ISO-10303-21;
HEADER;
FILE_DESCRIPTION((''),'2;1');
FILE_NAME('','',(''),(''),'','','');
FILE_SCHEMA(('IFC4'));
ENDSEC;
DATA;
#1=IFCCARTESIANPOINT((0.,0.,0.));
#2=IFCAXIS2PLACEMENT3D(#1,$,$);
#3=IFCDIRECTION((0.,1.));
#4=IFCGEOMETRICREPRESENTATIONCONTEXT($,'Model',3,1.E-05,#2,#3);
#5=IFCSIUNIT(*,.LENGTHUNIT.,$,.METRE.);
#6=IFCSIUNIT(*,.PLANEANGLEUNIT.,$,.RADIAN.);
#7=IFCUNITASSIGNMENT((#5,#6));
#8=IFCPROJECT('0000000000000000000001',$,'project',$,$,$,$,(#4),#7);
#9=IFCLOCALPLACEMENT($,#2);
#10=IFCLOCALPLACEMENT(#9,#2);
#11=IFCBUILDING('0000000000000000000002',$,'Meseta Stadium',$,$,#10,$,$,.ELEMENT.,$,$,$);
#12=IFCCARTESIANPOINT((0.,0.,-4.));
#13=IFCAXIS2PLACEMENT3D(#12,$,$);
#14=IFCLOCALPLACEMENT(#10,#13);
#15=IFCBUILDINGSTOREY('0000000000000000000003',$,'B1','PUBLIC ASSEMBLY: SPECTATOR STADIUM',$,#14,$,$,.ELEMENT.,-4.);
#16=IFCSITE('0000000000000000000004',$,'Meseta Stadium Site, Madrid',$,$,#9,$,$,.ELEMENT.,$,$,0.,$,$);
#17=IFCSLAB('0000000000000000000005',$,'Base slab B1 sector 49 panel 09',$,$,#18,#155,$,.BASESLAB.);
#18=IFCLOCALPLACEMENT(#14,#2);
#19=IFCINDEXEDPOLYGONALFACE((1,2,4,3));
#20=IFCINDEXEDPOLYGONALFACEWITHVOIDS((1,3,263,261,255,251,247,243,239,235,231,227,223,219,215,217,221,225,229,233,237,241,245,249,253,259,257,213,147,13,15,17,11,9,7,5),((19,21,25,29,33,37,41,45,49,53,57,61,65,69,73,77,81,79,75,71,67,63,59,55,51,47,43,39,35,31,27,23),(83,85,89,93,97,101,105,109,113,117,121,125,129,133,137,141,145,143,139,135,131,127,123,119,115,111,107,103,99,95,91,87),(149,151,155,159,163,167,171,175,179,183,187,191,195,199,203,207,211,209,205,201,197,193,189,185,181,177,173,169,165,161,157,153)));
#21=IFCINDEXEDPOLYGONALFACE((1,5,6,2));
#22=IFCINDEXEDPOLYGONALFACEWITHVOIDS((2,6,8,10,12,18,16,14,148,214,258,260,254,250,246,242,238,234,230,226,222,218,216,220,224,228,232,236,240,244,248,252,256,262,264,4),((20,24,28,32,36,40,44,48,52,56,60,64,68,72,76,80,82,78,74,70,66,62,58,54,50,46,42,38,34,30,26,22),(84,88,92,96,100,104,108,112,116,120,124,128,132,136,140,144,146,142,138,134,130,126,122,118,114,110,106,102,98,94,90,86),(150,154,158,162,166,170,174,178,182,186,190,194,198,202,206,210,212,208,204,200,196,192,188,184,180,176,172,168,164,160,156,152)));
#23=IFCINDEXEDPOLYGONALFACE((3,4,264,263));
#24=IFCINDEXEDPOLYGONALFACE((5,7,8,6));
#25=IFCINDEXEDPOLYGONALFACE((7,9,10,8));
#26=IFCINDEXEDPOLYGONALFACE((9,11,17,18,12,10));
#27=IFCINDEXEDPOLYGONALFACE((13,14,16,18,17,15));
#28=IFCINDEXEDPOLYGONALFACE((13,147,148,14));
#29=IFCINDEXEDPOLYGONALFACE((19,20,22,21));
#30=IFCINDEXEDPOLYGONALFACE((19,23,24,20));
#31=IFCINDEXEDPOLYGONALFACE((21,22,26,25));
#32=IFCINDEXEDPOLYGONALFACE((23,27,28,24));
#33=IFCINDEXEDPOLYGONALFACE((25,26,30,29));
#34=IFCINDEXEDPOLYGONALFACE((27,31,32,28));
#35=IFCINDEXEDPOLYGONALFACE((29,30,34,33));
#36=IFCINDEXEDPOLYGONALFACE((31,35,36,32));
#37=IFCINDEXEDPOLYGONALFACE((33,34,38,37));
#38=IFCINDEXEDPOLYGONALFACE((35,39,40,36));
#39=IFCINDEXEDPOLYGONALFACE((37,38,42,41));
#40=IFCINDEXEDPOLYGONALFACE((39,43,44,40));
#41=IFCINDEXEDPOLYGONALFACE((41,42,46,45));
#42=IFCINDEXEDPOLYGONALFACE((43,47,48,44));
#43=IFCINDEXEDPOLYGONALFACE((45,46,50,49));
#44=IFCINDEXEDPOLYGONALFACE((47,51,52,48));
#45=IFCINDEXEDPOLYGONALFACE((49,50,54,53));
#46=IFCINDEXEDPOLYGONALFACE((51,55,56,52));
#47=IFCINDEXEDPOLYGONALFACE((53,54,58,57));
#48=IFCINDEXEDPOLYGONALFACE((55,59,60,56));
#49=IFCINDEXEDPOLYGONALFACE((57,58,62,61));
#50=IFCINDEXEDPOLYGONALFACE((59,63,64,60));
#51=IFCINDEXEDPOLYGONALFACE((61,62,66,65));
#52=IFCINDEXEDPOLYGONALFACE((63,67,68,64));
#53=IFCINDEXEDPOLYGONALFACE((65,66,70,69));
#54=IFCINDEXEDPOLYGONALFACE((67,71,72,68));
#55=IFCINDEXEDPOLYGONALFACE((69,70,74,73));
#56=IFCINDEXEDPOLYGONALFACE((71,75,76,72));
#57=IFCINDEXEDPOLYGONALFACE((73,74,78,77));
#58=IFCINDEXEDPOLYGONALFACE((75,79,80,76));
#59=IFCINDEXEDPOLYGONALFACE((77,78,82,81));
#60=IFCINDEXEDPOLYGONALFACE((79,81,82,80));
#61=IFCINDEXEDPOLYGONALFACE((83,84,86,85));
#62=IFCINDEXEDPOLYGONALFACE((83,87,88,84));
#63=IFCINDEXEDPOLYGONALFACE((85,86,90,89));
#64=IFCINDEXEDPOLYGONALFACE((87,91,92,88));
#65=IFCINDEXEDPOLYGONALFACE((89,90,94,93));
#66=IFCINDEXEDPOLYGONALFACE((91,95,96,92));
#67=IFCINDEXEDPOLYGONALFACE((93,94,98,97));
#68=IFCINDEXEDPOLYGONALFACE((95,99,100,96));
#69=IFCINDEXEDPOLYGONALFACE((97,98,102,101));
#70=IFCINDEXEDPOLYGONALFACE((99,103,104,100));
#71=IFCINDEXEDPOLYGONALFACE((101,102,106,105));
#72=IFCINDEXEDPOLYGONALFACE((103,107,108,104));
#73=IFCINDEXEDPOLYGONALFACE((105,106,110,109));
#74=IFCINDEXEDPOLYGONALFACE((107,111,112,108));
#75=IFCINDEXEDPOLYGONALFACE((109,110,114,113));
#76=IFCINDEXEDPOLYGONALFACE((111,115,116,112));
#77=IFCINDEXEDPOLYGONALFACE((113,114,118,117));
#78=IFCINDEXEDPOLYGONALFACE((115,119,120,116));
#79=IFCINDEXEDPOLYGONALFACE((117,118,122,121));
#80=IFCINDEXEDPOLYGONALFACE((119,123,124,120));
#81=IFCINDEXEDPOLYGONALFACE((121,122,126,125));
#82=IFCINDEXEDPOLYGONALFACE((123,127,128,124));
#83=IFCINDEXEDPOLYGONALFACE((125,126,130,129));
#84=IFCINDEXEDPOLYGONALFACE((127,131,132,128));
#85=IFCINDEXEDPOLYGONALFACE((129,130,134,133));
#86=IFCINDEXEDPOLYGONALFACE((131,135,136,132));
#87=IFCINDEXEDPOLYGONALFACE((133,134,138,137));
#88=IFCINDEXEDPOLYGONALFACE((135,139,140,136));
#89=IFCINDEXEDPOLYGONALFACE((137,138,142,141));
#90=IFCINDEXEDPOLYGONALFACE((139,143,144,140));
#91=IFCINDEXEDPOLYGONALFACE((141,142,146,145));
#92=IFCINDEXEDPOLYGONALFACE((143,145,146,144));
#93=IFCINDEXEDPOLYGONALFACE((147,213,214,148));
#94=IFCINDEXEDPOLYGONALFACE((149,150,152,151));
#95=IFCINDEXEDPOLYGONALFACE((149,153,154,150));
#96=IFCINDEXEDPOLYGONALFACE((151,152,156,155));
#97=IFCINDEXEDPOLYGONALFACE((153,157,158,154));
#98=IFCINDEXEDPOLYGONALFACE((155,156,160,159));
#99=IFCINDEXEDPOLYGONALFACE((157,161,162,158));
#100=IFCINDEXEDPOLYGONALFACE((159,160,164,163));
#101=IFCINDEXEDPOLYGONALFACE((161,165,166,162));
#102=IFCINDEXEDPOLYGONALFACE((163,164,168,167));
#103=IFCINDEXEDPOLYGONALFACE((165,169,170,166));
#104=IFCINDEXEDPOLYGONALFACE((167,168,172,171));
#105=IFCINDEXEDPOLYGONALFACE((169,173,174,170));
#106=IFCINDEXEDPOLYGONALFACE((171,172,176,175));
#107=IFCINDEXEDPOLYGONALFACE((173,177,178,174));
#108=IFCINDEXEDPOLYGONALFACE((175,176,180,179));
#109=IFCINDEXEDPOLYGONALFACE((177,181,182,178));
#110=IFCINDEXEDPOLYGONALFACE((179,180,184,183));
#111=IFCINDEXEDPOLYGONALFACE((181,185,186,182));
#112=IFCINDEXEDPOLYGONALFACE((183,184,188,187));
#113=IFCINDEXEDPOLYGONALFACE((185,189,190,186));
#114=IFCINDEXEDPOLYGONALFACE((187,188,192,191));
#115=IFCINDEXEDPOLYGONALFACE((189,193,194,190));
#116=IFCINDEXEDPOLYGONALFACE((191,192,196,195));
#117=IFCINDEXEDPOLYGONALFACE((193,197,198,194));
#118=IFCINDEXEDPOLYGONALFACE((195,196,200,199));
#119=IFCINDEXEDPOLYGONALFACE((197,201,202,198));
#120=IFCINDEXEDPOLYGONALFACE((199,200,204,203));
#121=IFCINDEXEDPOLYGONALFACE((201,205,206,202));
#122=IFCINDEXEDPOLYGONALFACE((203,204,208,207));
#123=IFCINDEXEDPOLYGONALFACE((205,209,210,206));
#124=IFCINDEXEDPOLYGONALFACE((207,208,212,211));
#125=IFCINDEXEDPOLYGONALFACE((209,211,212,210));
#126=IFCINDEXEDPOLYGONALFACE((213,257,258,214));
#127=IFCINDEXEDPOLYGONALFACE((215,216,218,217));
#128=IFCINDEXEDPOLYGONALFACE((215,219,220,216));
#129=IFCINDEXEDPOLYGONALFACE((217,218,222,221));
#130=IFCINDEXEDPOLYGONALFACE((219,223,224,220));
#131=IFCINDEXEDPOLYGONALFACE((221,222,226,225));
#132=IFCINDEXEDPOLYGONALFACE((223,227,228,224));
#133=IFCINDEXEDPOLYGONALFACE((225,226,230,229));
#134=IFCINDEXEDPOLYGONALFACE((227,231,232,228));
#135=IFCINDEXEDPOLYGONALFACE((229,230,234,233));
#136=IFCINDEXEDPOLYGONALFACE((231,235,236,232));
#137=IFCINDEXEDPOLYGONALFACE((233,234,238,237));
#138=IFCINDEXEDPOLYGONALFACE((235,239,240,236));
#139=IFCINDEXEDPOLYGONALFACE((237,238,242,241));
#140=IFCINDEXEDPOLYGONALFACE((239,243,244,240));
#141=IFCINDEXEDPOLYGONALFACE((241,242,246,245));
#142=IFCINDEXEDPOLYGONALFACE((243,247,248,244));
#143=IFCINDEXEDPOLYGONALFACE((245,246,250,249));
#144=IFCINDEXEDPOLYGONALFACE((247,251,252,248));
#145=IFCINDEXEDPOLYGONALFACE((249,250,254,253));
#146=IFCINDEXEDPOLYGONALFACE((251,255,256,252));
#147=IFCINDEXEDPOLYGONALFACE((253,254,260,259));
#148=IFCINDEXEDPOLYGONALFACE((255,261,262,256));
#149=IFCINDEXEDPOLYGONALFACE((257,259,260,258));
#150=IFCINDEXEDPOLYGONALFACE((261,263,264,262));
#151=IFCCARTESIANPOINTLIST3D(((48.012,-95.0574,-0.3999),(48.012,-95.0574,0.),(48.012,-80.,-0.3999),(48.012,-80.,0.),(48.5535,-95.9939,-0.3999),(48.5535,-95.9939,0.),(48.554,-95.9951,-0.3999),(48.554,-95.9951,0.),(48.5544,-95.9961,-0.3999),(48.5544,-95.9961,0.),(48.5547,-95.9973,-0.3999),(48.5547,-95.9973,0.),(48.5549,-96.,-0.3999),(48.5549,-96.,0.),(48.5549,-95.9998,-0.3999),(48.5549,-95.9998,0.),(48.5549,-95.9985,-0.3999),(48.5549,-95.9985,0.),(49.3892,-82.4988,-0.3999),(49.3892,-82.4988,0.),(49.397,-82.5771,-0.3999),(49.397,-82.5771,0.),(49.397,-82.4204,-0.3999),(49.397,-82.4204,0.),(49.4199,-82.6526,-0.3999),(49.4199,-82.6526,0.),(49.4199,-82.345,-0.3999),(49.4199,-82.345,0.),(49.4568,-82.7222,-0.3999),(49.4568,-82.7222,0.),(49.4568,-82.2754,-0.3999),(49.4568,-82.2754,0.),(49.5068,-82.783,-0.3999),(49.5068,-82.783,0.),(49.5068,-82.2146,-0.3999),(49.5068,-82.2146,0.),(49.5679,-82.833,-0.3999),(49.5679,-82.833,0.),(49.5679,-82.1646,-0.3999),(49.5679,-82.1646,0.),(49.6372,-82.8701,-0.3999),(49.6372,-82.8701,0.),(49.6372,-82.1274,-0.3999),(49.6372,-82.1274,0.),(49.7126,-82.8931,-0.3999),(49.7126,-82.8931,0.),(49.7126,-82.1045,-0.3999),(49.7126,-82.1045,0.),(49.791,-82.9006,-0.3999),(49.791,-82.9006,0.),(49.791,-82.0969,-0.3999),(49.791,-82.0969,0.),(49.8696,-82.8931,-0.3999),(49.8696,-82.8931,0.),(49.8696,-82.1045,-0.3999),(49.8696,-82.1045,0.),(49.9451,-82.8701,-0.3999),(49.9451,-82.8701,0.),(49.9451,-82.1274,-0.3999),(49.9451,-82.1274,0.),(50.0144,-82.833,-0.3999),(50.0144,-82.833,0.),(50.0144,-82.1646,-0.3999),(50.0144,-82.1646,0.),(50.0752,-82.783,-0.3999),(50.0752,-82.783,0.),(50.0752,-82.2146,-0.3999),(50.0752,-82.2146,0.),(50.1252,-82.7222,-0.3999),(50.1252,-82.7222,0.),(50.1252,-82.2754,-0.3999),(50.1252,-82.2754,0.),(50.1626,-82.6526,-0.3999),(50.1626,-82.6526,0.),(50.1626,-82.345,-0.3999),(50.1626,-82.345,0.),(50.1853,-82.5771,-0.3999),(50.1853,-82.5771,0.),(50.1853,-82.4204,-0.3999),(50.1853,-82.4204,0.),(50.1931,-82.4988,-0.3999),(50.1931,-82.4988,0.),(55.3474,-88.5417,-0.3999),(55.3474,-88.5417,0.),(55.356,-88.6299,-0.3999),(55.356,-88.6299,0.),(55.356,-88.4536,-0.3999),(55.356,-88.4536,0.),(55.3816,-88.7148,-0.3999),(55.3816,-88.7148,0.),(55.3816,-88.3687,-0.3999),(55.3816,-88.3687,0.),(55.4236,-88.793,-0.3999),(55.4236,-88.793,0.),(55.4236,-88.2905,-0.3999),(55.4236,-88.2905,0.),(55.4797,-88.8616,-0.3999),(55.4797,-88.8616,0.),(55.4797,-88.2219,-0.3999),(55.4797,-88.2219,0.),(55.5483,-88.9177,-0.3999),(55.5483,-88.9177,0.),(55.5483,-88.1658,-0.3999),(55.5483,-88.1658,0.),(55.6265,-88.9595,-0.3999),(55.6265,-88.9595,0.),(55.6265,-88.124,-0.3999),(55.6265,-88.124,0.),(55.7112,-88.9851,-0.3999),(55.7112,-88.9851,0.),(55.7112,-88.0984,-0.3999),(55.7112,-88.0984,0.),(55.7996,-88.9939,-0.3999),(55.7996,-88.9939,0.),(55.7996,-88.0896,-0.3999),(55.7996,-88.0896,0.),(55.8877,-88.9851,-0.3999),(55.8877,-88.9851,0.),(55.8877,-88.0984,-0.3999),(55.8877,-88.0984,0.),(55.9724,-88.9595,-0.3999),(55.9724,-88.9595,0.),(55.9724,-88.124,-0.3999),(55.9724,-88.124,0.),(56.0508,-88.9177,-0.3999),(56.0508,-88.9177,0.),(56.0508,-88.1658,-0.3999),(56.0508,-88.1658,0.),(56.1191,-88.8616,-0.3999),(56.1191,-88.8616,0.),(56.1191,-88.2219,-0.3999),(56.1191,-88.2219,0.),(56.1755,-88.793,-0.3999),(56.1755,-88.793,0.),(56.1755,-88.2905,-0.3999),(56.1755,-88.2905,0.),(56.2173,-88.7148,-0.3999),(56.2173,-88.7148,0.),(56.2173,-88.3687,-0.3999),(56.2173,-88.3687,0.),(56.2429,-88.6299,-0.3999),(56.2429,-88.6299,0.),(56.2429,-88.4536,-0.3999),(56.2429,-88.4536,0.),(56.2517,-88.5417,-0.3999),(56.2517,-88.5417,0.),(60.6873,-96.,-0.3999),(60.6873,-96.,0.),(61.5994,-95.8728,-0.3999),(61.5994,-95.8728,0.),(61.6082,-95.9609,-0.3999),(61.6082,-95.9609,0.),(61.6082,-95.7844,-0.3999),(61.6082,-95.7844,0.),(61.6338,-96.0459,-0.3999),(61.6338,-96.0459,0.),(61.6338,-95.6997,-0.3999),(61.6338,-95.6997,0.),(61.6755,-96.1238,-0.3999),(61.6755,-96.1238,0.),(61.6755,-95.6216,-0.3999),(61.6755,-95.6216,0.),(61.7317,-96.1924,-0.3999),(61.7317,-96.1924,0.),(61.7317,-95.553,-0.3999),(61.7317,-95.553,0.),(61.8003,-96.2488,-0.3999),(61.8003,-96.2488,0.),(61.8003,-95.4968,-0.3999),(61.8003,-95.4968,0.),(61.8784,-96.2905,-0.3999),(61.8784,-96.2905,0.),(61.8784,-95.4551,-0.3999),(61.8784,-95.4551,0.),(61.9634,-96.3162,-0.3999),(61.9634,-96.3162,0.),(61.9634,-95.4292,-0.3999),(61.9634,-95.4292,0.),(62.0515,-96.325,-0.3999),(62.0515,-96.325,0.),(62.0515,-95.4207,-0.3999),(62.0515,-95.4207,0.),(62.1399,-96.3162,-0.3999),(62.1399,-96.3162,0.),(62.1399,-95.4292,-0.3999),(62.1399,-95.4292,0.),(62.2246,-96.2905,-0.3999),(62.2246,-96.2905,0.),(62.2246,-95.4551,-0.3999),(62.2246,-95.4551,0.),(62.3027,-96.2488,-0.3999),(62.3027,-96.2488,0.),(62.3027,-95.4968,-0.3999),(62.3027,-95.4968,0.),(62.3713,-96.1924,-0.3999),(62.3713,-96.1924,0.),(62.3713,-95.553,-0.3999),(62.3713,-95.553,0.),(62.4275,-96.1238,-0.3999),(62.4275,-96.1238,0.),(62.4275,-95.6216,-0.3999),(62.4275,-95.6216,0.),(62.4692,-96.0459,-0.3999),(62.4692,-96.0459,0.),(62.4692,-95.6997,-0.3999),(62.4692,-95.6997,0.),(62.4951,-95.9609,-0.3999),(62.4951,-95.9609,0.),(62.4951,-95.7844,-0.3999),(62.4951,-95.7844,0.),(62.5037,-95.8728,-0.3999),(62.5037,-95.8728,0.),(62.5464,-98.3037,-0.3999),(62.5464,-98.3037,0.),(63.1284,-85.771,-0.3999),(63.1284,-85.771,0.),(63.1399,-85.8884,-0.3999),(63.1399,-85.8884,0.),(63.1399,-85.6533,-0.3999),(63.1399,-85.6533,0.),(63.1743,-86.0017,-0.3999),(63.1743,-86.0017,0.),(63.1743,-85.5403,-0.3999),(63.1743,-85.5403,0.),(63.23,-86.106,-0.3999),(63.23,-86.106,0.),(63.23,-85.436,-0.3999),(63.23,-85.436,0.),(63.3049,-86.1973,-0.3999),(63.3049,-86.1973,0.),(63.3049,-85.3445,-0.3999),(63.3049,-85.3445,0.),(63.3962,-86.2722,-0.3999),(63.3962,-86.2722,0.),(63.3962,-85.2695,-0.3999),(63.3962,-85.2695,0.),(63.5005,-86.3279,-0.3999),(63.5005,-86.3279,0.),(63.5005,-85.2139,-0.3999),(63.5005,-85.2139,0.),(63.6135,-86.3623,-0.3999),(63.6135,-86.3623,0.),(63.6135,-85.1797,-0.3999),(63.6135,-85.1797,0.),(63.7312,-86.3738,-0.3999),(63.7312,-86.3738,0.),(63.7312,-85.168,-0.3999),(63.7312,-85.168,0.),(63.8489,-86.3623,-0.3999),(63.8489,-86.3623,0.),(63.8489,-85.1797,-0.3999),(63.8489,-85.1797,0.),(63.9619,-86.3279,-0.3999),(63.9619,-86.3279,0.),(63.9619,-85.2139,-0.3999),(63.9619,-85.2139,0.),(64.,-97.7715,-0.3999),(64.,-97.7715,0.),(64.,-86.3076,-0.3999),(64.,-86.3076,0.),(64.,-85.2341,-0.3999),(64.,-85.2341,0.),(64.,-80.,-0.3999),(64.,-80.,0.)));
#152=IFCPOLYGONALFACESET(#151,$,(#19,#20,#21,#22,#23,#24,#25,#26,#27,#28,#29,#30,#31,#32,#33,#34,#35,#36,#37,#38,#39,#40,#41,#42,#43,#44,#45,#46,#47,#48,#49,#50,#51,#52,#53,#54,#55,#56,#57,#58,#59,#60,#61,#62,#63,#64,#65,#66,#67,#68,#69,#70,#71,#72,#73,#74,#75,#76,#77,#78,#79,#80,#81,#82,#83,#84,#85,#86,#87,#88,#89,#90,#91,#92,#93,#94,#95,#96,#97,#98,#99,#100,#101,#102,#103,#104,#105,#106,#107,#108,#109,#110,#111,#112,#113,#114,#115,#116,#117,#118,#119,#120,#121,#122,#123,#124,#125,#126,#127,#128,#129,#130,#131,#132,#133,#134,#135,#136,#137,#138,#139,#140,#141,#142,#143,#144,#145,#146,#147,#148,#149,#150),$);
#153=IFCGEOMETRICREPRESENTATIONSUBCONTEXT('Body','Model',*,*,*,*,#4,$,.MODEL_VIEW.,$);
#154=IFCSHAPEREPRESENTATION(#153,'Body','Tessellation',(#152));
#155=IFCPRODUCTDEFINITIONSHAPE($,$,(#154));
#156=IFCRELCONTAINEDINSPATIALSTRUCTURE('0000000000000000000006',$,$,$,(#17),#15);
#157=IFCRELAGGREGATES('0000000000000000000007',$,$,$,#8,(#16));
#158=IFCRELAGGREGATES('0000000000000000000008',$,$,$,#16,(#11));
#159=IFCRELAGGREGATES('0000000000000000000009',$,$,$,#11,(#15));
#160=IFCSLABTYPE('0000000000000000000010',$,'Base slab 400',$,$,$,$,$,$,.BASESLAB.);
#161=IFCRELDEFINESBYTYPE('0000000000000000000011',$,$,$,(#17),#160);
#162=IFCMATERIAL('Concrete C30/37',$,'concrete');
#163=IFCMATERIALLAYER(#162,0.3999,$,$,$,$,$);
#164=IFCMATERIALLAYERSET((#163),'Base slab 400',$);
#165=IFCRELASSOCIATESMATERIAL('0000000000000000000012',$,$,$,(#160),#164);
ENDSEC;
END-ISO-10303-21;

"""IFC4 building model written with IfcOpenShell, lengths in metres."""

from ifc_helpers import new_model, si_unit, direction, frame, origin, place, context, subcontext, project, spatial, polyline, outline, extrude, material, layer, layer_set, type_object, element, save


model = new_model("IFC4")

# Units and contexts
model_context = context("Model", 3, precision=1e-05, world=origin(), true_north=direction((0.0, 1.0)))
body_context = subcontext(model_context, "Body", "Model", "MODEL_VIEW")
ifc_project = project(units=[si_unit("LENGTHUNIT", "METRE"), si_unit("PLANEANGLEUNIT", "RADIAN")], contexts=[model_context])

# Site, building, storey
site_placement = place(None, origin())
site = spatial("IfcSite", under=ifc_project, at=site_placement, Name="Meseta Stadium Site, Madrid", CompositionType="ELEMENT", RefElevation=0.0)
building_placement = place(site_placement, origin())
building = spatial("IfcBuilding", under=site, at=building_placement, Name="Meseta Stadium", CompositionType="ELEMENT")
storey_placement = place(building_placement, frame((0.0, 0.0, -4.0)))
storey = spatial("IfcBuildingStorey", under=building, at=storey_placement, Name="B1", Description="PUBLIC ASSEMBLY: SPECTATOR STADIUM", CompositionType="ELEMENT", Elevation=-4.0)

# Slab
ifc_material = material(Name="Concrete C30/37", Category="concrete")
ifc_layer = layer(ifc_material, 0.3999)
ifc_layer_set = layer_set([ifc_layer], Name="Base slab 400")
slab_type = type_object("IfcSlabType", Name="Base slab 400", PredefinedType="BASESLAB", material=ifc_layer_set)
slab_1_placement = place(storey_placement, frame((0.0, 0.0, -0.3999)))
element("IfcSlab", 1, at=slab_1_placement, inside=storey, type_object=slab_type, Name="Base slab B1 sector 49 panel 09", PredefinedType="BASESLAB", context=body_context, shape_type="SweptSolid", body=[
    extrude(outline(polyline([(64.0, -80.0), (48.012, -80.0), (48.012, -95.0574), (48.5535, -95.9939), (48.554, -95.9951), (48.5544, -95.9961), (48.5547, -95.9973), (48.5549, -95.9985), (48.5549, -95.9998), (48.5549, -96.0), (60.6873, -96.0), (62.5464, -98.3037), (64.0, -97.7715), (64.0, -86.3076), (63.9619, -86.3279), (63.8489, -86.3623), (63.7312, -86.3738), (63.6135, -86.3623), (63.5005, -86.3279), (63.3962, -86.2722), (63.3049, -86.1973), (63.23, -86.106), (63.1743, -86.0017), (63.1399, -85.8884), (63.1284, -85.771), (63.1399, -85.6533), (63.1743, -85.5403), (63.23, -85.436), (63.3049, -85.3445), (63.3962, -85.2695), (63.5005, -85.2139), (63.6135, -85.1797), (63.7312, -85.168), (63.8489, -85.1797), (63.9619, -85.2139), (64.0, -85.2341), (64.0, -80.0)]), holes=[polyline([(62.4951, -95.7844), (62.5037, -95.8728), (62.4951, -95.9609), (62.4692, -96.0459), (62.4275, -96.1238), (62.3713, -96.1924), (62.3027, -96.2488), (62.2246, -96.2905), (62.1399, -96.3162), (62.0515, -96.325), (61.9634, -96.3162), (61.8784, -96.2905), (61.8003, -96.2488), (61.7317, -96.1924), (61.6755, -96.1238), (61.6338, -96.0459), (61.6082, -95.9609), (61.5994, -95.8728), (61.6082, -95.7844), (61.6338, -95.6997), (61.6755, -95.6216), (61.7317, -95.553), (61.8003, -95.4968), (61.8784, -95.4551), (61.9634, -95.4292), (62.0515, -95.4207), (62.1399, -95.4292), (62.2246, -95.4551), (62.3027, -95.4968), (62.3713, -95.553), (62.4275, -95.6216), (62.4692, -95.6997), (62.4951, -95.7844)]), polyline([(49.5068, -82.783), (49.4568, -82.7222), (49.4199, -82.6526), (49.397, -82.5771), (49.3892, -82.4988), (49.397, -82.4204), (49.4199, -82.345), (49.4568, -82.2754), (49.5068, -82.2146), (49.5679, -82.1646), (49.6372, -82.1274), (49.7126, -82.1045), (49.791, -82.0969), (49.8696, -82.1045), (49.9451, -82.1274), (50.0144, -82.1646), (50.0752, -82.2146), (50.1252, -82.2754), (50.1626, -82.345), (50.1853, -82.4204), (50.1931, -82.4988), (50.1853, -82.5771), (50.1626, -82.6526), (50.1252, -82.7222), (50.0752, -82.783), (50.0144, -82.833), (49.9451, -82.8701), (49.8696, -82.8931), (49.791, -82.9006), (49.7126, -82.8931), (49.6372, -82.8701), (49.5679, -82.833), (49.5068, -82.783)]), polyline([(56.2173, -88.3687), (56.2429, -88.4536), (56.2517, -88.5417), (56.2429, -88.6299), (56.2173, -88.7148), (56.1755, -88.793), (56.1191, -88.8616), (56.0508, -88.9177), (55.9724, -88.9595), (55.8877, -88.9851), (55.7996, -88.9939), (55.7112, -88.9851), (55.6265, -88.9595), (55.5483, -88.9177), (55.4797, -88.8616), (55.4236, -88.793), (55.3816, -88.7148), (55.356, -88.6299), (55.3474, -88.5417), (55.356, -88.4536), (55.3816, -88.3687), (55.4236, -88.2905), (55.4797, -88.2219), (55.5483, -88.1658), (55.6265, -88.124), (55.7112, -88.0984), (55.7996, -88.0896), (55.8877, -88.0984), (55.9724, -88.124), (56.0508, -88.1658), (56.1191, -88.2219), (56.1755, -88.2905), (56.2173, -88.3687)])]), origin(), (0.0, 0.0, 1.0), 0.3999),
])

save(model, "model.ifc")
